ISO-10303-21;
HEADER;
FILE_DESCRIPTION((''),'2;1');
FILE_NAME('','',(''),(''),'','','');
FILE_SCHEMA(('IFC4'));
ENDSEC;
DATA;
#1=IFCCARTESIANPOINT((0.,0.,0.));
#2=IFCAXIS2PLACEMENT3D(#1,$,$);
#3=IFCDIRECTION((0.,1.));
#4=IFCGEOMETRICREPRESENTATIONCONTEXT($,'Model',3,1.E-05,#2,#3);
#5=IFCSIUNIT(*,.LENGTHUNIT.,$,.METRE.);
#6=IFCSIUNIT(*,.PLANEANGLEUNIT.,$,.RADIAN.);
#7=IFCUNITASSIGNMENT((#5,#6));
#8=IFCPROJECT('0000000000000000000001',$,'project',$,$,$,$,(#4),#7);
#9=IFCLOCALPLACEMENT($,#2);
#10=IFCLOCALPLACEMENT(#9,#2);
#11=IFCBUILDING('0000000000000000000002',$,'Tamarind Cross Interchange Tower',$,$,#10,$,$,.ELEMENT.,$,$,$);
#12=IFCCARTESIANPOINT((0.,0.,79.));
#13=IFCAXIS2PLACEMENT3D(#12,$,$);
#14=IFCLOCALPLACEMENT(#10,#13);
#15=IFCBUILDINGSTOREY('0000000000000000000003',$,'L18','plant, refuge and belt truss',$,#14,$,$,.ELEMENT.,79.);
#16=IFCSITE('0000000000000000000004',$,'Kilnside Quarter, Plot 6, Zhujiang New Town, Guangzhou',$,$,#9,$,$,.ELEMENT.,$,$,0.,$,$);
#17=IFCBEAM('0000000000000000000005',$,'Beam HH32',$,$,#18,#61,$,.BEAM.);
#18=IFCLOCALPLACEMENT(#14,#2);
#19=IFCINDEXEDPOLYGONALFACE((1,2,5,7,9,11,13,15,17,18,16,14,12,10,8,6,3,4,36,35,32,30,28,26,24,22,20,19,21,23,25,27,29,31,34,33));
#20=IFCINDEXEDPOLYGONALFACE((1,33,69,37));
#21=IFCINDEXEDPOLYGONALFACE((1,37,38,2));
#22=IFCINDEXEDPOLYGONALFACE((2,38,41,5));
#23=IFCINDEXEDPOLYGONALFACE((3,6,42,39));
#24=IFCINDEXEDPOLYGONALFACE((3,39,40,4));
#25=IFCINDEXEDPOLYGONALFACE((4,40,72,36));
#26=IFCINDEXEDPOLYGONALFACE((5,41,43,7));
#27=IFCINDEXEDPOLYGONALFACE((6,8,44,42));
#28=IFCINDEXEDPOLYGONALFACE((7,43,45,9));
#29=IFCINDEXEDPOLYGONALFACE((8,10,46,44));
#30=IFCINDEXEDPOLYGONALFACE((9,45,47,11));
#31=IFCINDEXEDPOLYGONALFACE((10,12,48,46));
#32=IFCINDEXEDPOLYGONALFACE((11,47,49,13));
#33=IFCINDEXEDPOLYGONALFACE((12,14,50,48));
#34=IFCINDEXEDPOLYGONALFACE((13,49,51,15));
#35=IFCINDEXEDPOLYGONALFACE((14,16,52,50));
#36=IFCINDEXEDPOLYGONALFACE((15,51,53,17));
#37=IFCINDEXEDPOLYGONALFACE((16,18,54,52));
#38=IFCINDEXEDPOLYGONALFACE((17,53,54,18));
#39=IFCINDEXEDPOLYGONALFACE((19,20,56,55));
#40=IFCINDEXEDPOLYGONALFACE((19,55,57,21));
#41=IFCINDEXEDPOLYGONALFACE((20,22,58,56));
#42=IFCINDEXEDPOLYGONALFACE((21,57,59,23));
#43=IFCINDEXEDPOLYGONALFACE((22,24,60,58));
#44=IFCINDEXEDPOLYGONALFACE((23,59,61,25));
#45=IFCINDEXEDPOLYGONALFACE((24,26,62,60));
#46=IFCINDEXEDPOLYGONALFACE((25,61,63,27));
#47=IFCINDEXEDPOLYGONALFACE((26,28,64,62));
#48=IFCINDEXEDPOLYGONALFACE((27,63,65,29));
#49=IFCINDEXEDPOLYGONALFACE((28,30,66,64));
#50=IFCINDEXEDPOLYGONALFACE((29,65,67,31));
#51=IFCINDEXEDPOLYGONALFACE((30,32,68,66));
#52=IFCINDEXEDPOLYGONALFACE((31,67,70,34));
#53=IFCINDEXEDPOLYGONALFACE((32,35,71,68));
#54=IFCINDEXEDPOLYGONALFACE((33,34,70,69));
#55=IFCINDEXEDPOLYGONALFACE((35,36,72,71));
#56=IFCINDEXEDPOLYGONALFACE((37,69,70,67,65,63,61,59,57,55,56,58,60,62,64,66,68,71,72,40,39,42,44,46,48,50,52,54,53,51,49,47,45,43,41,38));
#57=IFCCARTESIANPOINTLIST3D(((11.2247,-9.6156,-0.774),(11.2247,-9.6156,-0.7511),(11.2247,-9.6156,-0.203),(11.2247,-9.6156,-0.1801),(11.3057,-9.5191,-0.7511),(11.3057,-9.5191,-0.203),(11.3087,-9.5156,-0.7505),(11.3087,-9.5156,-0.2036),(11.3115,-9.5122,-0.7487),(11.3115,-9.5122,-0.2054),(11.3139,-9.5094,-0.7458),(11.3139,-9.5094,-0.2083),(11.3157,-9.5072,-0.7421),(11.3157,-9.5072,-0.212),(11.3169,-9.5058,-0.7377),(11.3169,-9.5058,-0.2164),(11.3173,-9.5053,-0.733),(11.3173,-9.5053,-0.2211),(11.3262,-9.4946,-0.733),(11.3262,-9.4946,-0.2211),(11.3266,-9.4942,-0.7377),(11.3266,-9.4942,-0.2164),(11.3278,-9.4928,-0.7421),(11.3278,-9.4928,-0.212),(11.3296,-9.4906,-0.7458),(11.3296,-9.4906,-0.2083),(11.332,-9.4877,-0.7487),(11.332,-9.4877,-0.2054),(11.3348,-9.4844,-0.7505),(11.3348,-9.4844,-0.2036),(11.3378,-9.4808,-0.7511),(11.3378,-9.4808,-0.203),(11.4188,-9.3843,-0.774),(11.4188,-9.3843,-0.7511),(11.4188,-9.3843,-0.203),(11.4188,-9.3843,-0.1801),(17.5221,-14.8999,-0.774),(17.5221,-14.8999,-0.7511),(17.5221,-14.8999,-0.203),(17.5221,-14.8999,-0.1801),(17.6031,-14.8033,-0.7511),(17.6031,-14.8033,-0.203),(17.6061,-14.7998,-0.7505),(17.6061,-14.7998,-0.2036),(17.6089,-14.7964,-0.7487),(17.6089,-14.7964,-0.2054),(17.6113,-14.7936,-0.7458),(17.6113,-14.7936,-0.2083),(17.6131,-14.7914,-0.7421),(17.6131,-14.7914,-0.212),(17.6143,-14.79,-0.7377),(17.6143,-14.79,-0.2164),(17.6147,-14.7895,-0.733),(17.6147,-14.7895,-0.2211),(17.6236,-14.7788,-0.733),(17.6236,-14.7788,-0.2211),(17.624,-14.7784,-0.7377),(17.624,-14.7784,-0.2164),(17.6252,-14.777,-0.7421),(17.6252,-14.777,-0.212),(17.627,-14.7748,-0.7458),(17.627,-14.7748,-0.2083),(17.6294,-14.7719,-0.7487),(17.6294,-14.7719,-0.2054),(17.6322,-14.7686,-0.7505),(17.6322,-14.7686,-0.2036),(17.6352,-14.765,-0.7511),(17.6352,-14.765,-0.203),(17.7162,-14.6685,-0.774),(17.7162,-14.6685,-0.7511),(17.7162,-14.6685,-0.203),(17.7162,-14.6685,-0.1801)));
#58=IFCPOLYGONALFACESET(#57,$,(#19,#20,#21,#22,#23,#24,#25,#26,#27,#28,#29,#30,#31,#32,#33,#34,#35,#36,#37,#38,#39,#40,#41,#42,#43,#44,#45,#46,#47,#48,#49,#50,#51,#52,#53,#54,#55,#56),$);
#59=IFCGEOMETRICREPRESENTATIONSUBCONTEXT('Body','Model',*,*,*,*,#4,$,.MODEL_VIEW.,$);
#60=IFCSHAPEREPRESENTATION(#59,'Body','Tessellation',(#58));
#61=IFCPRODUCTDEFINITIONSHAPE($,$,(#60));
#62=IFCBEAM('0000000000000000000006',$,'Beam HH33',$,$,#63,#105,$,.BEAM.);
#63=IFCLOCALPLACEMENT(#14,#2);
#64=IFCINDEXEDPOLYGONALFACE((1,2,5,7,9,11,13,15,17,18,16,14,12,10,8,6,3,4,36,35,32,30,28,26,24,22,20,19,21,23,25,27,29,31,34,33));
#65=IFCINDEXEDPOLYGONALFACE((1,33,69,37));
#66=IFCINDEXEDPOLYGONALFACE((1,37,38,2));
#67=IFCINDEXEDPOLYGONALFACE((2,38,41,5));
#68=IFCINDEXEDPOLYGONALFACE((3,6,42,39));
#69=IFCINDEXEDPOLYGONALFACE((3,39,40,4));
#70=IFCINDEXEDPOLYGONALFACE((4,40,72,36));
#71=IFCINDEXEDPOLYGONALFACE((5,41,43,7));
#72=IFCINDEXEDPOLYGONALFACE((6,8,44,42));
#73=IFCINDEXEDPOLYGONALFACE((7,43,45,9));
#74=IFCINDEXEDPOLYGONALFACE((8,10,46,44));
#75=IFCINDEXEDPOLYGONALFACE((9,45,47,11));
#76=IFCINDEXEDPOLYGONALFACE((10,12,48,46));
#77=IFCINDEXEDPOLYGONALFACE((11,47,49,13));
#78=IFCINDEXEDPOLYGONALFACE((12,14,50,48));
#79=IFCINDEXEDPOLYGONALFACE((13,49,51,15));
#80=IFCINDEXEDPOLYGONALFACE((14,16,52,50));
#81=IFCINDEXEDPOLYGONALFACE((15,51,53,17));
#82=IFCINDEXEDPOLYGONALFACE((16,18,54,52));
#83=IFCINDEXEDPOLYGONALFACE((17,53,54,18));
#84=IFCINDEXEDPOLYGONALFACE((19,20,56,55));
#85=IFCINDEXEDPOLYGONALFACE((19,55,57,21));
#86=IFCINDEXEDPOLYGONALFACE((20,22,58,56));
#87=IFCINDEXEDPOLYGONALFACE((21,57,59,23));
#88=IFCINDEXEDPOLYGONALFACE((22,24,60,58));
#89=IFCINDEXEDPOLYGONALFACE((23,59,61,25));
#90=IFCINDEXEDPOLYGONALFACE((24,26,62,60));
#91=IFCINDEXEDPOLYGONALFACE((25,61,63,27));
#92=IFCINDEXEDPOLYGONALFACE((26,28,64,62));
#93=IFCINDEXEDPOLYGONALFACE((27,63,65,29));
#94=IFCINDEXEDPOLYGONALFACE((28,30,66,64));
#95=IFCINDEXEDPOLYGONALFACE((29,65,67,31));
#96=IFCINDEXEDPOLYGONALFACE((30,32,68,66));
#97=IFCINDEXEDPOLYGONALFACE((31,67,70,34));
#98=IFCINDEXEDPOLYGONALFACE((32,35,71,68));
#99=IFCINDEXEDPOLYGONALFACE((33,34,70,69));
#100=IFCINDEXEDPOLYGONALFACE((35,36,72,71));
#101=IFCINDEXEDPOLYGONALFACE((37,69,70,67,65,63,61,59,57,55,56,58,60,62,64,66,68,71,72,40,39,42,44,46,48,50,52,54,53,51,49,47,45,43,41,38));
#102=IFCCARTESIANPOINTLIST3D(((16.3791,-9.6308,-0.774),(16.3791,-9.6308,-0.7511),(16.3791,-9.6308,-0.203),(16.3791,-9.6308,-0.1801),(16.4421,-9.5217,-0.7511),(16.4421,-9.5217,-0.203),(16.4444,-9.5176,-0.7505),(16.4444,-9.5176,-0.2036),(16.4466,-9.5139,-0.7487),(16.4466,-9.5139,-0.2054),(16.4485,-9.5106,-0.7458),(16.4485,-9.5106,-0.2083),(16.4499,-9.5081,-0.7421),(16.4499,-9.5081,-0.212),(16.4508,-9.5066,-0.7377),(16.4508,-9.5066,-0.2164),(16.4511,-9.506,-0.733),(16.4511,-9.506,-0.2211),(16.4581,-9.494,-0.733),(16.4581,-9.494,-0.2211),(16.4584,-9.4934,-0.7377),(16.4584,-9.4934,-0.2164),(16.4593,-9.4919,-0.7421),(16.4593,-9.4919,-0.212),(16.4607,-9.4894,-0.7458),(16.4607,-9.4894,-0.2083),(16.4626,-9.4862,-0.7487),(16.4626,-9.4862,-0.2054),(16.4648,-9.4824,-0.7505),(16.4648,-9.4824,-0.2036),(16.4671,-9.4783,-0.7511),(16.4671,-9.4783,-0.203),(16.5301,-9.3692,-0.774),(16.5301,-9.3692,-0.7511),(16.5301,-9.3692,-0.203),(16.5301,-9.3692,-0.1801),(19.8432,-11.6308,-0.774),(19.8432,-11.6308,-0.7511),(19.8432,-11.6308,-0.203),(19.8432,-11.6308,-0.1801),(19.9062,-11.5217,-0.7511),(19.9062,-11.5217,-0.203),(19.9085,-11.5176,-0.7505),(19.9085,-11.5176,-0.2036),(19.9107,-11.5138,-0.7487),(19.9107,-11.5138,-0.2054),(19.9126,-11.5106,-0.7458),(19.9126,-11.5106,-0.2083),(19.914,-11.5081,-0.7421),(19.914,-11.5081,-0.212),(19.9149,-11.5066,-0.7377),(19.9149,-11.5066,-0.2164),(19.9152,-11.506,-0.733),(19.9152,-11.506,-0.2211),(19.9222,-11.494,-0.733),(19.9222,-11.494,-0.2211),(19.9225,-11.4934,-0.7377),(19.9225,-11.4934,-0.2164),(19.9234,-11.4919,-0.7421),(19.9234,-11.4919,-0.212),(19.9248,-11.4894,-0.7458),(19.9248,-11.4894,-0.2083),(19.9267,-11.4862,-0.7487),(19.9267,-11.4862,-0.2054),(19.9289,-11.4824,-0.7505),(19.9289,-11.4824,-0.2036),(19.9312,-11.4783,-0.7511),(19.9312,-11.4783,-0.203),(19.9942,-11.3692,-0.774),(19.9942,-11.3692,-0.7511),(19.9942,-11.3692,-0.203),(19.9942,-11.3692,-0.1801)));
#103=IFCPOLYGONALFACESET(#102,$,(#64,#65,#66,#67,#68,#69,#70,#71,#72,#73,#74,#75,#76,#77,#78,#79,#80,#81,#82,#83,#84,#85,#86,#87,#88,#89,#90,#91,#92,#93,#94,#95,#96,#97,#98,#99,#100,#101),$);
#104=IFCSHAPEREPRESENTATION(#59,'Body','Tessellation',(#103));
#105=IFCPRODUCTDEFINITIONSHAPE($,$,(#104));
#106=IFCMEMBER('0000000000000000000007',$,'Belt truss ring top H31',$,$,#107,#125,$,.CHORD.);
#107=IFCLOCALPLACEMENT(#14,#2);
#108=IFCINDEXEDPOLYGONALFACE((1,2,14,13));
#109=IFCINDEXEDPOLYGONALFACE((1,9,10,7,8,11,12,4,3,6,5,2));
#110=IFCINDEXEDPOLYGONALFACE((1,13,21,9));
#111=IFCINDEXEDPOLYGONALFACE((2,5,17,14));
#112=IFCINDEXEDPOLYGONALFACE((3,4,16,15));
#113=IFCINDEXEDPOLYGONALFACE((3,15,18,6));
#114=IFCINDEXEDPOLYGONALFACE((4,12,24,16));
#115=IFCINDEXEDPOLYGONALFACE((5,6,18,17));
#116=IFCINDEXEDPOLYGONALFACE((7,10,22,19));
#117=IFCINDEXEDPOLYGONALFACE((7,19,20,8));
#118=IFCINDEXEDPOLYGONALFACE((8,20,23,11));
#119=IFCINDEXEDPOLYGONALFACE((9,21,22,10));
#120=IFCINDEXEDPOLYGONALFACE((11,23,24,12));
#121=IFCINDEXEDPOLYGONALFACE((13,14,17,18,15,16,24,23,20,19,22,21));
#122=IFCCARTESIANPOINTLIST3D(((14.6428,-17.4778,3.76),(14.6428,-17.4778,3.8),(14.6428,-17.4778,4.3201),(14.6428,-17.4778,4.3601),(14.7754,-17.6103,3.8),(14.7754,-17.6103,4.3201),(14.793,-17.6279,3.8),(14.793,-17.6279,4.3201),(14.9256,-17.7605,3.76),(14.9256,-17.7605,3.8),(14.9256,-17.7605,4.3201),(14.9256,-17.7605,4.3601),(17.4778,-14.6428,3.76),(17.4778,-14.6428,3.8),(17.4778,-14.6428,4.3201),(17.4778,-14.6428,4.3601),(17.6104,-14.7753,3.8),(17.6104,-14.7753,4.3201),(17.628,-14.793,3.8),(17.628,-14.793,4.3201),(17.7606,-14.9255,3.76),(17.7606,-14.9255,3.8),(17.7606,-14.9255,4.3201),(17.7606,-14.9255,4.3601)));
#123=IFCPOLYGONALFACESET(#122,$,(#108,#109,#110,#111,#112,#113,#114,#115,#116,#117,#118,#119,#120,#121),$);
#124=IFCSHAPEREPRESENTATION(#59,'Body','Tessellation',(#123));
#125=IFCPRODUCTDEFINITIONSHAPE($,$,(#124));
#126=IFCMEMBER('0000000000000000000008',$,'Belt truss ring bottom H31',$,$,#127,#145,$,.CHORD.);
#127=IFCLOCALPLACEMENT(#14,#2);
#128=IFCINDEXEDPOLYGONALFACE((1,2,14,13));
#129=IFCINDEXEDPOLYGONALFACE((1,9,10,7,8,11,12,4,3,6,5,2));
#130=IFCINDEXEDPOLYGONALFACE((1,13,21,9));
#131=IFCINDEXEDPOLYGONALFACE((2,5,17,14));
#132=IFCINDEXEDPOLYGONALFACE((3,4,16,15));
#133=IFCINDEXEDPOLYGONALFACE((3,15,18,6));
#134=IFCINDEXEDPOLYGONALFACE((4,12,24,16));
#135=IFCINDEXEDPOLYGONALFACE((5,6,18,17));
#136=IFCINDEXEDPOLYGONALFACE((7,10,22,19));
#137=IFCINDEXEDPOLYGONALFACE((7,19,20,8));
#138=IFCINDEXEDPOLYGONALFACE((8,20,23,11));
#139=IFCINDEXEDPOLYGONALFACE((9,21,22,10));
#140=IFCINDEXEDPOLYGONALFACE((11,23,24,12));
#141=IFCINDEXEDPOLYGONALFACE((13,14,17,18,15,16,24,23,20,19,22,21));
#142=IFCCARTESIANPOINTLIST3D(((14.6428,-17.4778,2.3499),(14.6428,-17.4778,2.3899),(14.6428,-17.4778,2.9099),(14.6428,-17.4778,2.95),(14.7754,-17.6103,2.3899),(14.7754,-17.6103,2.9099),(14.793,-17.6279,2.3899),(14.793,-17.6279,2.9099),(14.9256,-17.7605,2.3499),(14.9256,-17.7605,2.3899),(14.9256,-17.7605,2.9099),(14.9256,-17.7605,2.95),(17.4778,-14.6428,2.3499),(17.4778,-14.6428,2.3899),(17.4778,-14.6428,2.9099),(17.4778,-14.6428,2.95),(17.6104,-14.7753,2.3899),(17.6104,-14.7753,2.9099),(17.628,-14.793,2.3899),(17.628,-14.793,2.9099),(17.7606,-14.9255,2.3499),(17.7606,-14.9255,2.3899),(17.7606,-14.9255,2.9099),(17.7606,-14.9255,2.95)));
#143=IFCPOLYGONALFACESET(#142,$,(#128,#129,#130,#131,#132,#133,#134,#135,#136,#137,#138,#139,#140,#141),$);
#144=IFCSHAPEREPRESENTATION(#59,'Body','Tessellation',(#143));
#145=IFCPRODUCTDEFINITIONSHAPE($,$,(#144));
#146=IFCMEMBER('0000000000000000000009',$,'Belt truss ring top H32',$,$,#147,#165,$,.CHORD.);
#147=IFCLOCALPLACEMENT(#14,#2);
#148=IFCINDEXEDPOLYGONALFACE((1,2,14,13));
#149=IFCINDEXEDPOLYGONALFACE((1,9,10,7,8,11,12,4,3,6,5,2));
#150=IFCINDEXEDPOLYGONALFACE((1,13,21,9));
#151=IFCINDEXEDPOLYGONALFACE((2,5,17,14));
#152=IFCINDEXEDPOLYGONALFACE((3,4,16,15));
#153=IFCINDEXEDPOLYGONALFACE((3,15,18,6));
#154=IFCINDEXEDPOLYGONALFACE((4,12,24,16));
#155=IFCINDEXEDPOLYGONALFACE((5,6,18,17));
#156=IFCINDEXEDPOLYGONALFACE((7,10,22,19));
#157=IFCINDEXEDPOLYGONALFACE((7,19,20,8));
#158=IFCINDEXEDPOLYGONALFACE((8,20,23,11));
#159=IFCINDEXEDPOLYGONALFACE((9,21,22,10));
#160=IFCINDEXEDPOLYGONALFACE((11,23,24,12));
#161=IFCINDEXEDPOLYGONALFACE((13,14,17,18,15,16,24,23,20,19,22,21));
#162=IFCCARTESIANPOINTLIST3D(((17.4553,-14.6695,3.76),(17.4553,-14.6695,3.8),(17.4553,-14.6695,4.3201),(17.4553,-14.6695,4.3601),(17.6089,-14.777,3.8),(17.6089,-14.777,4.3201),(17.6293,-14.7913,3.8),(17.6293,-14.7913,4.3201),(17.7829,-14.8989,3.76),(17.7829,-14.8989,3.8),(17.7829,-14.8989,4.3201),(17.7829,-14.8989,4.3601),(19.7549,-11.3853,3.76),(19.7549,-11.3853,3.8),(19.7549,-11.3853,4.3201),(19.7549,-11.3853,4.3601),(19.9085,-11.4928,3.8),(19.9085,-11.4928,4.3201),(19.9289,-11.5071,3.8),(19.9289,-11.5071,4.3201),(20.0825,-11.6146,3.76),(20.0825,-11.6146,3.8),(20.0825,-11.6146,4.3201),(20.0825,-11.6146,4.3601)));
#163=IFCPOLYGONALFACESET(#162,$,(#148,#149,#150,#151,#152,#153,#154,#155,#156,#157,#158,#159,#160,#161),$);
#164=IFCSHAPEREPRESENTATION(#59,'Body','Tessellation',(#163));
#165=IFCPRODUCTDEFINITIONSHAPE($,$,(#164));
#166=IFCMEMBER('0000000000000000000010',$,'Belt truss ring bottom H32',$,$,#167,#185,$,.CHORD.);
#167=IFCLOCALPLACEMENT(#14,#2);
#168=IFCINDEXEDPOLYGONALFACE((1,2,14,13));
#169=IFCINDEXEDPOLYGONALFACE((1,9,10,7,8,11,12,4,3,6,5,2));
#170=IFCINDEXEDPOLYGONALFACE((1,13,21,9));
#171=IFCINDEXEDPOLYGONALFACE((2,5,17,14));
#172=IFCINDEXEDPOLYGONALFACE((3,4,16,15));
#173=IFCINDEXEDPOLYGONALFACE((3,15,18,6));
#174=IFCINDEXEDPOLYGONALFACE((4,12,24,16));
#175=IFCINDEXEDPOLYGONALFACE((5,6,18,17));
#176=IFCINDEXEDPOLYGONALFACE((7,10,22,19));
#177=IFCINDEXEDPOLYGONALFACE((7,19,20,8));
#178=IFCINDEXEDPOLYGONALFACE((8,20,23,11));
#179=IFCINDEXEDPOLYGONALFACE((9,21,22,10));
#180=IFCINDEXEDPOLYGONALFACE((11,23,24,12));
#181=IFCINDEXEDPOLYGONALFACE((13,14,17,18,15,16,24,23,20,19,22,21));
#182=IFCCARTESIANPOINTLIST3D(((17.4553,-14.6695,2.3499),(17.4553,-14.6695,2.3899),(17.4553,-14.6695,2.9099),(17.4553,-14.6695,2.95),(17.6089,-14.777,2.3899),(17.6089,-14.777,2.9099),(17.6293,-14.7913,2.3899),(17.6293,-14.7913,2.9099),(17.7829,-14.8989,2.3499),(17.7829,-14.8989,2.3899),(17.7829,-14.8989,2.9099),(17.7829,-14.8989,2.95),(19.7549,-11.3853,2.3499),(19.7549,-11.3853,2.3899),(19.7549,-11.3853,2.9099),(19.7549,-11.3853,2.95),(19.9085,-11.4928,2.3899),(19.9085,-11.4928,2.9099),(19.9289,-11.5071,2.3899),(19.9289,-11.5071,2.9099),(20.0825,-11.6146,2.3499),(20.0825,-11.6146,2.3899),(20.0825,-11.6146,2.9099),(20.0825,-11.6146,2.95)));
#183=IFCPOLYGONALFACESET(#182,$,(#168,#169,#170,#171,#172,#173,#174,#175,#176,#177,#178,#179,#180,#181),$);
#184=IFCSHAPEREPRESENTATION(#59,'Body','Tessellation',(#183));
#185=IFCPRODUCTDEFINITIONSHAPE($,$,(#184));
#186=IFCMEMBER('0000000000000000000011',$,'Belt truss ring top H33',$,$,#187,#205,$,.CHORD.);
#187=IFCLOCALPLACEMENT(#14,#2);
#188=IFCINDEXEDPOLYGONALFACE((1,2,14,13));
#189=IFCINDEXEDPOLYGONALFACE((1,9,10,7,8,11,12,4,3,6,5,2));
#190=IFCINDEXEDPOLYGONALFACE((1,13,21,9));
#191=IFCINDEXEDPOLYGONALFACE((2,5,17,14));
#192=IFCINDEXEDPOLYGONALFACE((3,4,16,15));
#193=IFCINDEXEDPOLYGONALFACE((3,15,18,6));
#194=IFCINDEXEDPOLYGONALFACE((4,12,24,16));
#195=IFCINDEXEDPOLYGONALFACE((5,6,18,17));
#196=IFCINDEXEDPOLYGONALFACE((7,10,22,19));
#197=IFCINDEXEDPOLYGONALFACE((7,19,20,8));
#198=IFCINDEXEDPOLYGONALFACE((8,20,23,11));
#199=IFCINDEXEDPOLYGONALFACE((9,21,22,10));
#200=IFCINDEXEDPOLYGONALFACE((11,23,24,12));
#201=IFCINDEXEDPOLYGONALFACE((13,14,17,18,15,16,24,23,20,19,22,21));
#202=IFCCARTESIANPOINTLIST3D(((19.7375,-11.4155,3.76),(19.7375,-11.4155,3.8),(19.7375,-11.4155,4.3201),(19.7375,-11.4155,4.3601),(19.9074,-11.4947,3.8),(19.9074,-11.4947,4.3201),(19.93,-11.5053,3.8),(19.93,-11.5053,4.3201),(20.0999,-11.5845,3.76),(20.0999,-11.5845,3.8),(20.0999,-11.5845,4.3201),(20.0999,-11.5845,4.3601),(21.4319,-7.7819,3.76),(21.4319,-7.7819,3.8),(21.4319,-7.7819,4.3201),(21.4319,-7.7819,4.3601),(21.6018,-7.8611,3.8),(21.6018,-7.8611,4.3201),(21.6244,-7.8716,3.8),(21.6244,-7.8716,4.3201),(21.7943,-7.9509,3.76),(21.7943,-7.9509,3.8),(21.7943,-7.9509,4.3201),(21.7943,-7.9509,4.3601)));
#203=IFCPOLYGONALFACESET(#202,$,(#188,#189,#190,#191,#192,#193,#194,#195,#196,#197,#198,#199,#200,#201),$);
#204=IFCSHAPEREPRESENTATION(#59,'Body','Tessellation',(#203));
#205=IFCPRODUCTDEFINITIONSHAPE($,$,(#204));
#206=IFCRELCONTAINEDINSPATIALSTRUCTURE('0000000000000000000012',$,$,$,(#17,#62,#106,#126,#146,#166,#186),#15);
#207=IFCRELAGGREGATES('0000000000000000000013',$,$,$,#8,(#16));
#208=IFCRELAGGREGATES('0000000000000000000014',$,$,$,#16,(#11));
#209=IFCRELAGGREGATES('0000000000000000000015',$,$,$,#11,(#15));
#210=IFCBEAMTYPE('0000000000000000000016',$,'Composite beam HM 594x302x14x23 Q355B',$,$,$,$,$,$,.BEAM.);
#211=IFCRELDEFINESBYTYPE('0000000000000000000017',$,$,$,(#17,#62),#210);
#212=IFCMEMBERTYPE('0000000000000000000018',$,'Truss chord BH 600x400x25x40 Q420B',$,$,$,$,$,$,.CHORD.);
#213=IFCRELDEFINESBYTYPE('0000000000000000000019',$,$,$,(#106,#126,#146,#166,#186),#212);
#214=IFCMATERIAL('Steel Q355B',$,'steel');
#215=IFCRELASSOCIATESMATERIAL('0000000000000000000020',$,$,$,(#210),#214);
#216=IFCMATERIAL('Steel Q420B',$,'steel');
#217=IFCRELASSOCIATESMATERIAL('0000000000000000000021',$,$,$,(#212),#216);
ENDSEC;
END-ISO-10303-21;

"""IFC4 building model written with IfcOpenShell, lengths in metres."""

from ifc_helpers import new_model, si_unit, direction, frame, origin, origin_2d, place, context, subcontext, project, spatial, i_section, extrude, material, material_profile, profile_set, type_object, element, save


model = new_model("IFC4")

# Units and contexts
model_context = context("Model", 3, precision=1e-05, world=origin(), true_north=direction((0.0, 1.0)))
body_context = subcontext(model_context, "Body", "Model", "MODEL_VIEW")
ifc_project = project(units=[si_unit("LENGTHUNIT", "METRE"), si_unit("PLANEANGLEUNIT", "RADIAN")], contexts=[model_context])

# Site, building, storey
site_placement = place(None, origin())
site = spatial("IfcSite", under=ifc_project, at=site_placement, Name="Kilnside Quarter, Plot 6, Zhujiang New Town, Guangzhou", CompositionType="ELEMENT", RefElevation=0.0)
building_placement = place(site_placement, origin())
building = spatial("IfcBuilding", under=site, at=building_placement, Name="Tamarind Cross Interchange Tower", CompositionType="ELEMENT")
storey_placement = place(building_placement, frame((0.0, 0.0, 79.0)))
storey = spatial("IfcBuildingStorey", under=building, at=storey_placement, Name="L18", Description="plant, refuge and belt truss", CompositionType="ELEMENT", Elevation=79.0)

# Beams
ifc_material_1 = material(Name="Steel Q355B", Category="steel")
ifc_material_profile_1 = material_profile(ifc_material_1, i_section(OverallWidth=0.302, OverallDepth=0.594, WebThickness=0.0139, FlangeThickness=0.0229, FilletRadius=0.0181, at=origin_2d()), Name="HM 594x302x14x23")
ifc_profile_set_1 = profile_set([ifc_material_profile_1], Name="Steel Q355B")
beam_type = type_object("IfcBeamType", Name="Composite beam HM 594x302x14x23 Q355B", PredefinedType="BEAM", material=ifc_profile_set_1)
beam_1_placement = place(storey_placement, frame((17.6191, -14.7842, -0.4771), z_axis=(-0.766041, 0.642792, 0.0), x_axis=(-0.642792, -0.766041, 0.0)))
element("IfcBeam", 1, at=beam_1_placement, inside=storey, type_object=beam_type, Name="Beam HH32", PredefinedType="BEAM", context=body_context, shape_type="SweptSolid", body=[
    extrude(i_section(OverallWidth=0.302, OverallDepth=0.594, WebThickness=0.0139, FlangeThickness=0.0229, FilletRadius=0.0181, at=origin_2d()), origin(), (0.0, 0.0, 1.0), 8.2207),
])
beam_2_placement = place(storey_placement, frame((19.9187, -11.5, -0.4771), z_axis=(-0.866026, 0.499999, 0.0), x_axis=(-0.499999, -0.866026, 0.0)))
element("IfcBeam", 2, at=beam_2_placement, inside=storey, type_object=beam_type, Name="Beam HH33", PredefinedType="BEAM", context=body_context, shape_type="SweptSolid", body=[
    extrude(i_section(OverallWidth=0.302, OverallDepth=0.594, WebThickness=0.0139, FlangeThickness=0.0229, FilletRadius=0.0181, at=origin_2d()), origin(), (0.0, 0.0, 1.0), 4.0),
])

# Members
ifc_material_2 = material(Name="Steel Q420B", Category="steel")
ifc_material_profile_2 = material_profile(ifc_material_2, i_section(OverallWidth=0.3999, OverallDepth=0.6001, WebThickness=0.0249, FlangeThickness=0.04, at=origin_2d()), Name="BH 600x400x25x40")
ifc_profile_set_2 = profile_set([ifc_material_profile_2], Name="Steel Q420B")
member_type_1 = type_object("IfcMemberType", Name="Truss chord BH 600x400x25x40 Q420B", PredefinedType="CHORD", material=ifc_profile_set_2)
for number, where, z_axis, x_axis, name in (
    (3, (14.7842, -17.6191, 4.0601), (0.707107, 0.707107, 0.0), (-0.707107, 0.707107, 0.0), "Belt truss ring top H31"),
    (4, (14.7842, -17.6191, 2.6499), (0.707107, 0.707107, 0.0), (-0.707107, 0.707107, 0.0), "Belt truss ring bottom H31"),
    (5, (17.6191, -14.7842, 4.0601), (0.573569, 0.819158, 0.0), (-0.819158, 0.573569, 0.0), "Belt truss ring top H32"),
    (6, (17.6191, -14.7842, 2.6499), (0.573569, 0.819158, 0.0), (-0.819158, 0.573569, 0.0), "Belt truss ring bottom H32"),
    (7, (19.9187, -11.5, 4.0601), (0.422615, 0.906309, 0.0), (-0.906309, 0.422615, 0.0), "Belt truss ring top H33"),
):
    element("IfcMember", number, at=place(storey_placement, frame(where, z_axis=z_axis, x_axis=x_axis)), inside=storey, type_object=member_type_1, Name=name, PredefinedType="CHORD", context=body_context, shape_type="SweptSolid", body=[
        extrude(i_section(OverallWidth=0.3999, OverallDepth=0.6001, WebThickness=0.0249, FlangeThickness=0.04, at=origin_2d()), origin(), (0.0, 0.0, 1.0), 4.0093),
    ])

save(model, "model.ifc")
